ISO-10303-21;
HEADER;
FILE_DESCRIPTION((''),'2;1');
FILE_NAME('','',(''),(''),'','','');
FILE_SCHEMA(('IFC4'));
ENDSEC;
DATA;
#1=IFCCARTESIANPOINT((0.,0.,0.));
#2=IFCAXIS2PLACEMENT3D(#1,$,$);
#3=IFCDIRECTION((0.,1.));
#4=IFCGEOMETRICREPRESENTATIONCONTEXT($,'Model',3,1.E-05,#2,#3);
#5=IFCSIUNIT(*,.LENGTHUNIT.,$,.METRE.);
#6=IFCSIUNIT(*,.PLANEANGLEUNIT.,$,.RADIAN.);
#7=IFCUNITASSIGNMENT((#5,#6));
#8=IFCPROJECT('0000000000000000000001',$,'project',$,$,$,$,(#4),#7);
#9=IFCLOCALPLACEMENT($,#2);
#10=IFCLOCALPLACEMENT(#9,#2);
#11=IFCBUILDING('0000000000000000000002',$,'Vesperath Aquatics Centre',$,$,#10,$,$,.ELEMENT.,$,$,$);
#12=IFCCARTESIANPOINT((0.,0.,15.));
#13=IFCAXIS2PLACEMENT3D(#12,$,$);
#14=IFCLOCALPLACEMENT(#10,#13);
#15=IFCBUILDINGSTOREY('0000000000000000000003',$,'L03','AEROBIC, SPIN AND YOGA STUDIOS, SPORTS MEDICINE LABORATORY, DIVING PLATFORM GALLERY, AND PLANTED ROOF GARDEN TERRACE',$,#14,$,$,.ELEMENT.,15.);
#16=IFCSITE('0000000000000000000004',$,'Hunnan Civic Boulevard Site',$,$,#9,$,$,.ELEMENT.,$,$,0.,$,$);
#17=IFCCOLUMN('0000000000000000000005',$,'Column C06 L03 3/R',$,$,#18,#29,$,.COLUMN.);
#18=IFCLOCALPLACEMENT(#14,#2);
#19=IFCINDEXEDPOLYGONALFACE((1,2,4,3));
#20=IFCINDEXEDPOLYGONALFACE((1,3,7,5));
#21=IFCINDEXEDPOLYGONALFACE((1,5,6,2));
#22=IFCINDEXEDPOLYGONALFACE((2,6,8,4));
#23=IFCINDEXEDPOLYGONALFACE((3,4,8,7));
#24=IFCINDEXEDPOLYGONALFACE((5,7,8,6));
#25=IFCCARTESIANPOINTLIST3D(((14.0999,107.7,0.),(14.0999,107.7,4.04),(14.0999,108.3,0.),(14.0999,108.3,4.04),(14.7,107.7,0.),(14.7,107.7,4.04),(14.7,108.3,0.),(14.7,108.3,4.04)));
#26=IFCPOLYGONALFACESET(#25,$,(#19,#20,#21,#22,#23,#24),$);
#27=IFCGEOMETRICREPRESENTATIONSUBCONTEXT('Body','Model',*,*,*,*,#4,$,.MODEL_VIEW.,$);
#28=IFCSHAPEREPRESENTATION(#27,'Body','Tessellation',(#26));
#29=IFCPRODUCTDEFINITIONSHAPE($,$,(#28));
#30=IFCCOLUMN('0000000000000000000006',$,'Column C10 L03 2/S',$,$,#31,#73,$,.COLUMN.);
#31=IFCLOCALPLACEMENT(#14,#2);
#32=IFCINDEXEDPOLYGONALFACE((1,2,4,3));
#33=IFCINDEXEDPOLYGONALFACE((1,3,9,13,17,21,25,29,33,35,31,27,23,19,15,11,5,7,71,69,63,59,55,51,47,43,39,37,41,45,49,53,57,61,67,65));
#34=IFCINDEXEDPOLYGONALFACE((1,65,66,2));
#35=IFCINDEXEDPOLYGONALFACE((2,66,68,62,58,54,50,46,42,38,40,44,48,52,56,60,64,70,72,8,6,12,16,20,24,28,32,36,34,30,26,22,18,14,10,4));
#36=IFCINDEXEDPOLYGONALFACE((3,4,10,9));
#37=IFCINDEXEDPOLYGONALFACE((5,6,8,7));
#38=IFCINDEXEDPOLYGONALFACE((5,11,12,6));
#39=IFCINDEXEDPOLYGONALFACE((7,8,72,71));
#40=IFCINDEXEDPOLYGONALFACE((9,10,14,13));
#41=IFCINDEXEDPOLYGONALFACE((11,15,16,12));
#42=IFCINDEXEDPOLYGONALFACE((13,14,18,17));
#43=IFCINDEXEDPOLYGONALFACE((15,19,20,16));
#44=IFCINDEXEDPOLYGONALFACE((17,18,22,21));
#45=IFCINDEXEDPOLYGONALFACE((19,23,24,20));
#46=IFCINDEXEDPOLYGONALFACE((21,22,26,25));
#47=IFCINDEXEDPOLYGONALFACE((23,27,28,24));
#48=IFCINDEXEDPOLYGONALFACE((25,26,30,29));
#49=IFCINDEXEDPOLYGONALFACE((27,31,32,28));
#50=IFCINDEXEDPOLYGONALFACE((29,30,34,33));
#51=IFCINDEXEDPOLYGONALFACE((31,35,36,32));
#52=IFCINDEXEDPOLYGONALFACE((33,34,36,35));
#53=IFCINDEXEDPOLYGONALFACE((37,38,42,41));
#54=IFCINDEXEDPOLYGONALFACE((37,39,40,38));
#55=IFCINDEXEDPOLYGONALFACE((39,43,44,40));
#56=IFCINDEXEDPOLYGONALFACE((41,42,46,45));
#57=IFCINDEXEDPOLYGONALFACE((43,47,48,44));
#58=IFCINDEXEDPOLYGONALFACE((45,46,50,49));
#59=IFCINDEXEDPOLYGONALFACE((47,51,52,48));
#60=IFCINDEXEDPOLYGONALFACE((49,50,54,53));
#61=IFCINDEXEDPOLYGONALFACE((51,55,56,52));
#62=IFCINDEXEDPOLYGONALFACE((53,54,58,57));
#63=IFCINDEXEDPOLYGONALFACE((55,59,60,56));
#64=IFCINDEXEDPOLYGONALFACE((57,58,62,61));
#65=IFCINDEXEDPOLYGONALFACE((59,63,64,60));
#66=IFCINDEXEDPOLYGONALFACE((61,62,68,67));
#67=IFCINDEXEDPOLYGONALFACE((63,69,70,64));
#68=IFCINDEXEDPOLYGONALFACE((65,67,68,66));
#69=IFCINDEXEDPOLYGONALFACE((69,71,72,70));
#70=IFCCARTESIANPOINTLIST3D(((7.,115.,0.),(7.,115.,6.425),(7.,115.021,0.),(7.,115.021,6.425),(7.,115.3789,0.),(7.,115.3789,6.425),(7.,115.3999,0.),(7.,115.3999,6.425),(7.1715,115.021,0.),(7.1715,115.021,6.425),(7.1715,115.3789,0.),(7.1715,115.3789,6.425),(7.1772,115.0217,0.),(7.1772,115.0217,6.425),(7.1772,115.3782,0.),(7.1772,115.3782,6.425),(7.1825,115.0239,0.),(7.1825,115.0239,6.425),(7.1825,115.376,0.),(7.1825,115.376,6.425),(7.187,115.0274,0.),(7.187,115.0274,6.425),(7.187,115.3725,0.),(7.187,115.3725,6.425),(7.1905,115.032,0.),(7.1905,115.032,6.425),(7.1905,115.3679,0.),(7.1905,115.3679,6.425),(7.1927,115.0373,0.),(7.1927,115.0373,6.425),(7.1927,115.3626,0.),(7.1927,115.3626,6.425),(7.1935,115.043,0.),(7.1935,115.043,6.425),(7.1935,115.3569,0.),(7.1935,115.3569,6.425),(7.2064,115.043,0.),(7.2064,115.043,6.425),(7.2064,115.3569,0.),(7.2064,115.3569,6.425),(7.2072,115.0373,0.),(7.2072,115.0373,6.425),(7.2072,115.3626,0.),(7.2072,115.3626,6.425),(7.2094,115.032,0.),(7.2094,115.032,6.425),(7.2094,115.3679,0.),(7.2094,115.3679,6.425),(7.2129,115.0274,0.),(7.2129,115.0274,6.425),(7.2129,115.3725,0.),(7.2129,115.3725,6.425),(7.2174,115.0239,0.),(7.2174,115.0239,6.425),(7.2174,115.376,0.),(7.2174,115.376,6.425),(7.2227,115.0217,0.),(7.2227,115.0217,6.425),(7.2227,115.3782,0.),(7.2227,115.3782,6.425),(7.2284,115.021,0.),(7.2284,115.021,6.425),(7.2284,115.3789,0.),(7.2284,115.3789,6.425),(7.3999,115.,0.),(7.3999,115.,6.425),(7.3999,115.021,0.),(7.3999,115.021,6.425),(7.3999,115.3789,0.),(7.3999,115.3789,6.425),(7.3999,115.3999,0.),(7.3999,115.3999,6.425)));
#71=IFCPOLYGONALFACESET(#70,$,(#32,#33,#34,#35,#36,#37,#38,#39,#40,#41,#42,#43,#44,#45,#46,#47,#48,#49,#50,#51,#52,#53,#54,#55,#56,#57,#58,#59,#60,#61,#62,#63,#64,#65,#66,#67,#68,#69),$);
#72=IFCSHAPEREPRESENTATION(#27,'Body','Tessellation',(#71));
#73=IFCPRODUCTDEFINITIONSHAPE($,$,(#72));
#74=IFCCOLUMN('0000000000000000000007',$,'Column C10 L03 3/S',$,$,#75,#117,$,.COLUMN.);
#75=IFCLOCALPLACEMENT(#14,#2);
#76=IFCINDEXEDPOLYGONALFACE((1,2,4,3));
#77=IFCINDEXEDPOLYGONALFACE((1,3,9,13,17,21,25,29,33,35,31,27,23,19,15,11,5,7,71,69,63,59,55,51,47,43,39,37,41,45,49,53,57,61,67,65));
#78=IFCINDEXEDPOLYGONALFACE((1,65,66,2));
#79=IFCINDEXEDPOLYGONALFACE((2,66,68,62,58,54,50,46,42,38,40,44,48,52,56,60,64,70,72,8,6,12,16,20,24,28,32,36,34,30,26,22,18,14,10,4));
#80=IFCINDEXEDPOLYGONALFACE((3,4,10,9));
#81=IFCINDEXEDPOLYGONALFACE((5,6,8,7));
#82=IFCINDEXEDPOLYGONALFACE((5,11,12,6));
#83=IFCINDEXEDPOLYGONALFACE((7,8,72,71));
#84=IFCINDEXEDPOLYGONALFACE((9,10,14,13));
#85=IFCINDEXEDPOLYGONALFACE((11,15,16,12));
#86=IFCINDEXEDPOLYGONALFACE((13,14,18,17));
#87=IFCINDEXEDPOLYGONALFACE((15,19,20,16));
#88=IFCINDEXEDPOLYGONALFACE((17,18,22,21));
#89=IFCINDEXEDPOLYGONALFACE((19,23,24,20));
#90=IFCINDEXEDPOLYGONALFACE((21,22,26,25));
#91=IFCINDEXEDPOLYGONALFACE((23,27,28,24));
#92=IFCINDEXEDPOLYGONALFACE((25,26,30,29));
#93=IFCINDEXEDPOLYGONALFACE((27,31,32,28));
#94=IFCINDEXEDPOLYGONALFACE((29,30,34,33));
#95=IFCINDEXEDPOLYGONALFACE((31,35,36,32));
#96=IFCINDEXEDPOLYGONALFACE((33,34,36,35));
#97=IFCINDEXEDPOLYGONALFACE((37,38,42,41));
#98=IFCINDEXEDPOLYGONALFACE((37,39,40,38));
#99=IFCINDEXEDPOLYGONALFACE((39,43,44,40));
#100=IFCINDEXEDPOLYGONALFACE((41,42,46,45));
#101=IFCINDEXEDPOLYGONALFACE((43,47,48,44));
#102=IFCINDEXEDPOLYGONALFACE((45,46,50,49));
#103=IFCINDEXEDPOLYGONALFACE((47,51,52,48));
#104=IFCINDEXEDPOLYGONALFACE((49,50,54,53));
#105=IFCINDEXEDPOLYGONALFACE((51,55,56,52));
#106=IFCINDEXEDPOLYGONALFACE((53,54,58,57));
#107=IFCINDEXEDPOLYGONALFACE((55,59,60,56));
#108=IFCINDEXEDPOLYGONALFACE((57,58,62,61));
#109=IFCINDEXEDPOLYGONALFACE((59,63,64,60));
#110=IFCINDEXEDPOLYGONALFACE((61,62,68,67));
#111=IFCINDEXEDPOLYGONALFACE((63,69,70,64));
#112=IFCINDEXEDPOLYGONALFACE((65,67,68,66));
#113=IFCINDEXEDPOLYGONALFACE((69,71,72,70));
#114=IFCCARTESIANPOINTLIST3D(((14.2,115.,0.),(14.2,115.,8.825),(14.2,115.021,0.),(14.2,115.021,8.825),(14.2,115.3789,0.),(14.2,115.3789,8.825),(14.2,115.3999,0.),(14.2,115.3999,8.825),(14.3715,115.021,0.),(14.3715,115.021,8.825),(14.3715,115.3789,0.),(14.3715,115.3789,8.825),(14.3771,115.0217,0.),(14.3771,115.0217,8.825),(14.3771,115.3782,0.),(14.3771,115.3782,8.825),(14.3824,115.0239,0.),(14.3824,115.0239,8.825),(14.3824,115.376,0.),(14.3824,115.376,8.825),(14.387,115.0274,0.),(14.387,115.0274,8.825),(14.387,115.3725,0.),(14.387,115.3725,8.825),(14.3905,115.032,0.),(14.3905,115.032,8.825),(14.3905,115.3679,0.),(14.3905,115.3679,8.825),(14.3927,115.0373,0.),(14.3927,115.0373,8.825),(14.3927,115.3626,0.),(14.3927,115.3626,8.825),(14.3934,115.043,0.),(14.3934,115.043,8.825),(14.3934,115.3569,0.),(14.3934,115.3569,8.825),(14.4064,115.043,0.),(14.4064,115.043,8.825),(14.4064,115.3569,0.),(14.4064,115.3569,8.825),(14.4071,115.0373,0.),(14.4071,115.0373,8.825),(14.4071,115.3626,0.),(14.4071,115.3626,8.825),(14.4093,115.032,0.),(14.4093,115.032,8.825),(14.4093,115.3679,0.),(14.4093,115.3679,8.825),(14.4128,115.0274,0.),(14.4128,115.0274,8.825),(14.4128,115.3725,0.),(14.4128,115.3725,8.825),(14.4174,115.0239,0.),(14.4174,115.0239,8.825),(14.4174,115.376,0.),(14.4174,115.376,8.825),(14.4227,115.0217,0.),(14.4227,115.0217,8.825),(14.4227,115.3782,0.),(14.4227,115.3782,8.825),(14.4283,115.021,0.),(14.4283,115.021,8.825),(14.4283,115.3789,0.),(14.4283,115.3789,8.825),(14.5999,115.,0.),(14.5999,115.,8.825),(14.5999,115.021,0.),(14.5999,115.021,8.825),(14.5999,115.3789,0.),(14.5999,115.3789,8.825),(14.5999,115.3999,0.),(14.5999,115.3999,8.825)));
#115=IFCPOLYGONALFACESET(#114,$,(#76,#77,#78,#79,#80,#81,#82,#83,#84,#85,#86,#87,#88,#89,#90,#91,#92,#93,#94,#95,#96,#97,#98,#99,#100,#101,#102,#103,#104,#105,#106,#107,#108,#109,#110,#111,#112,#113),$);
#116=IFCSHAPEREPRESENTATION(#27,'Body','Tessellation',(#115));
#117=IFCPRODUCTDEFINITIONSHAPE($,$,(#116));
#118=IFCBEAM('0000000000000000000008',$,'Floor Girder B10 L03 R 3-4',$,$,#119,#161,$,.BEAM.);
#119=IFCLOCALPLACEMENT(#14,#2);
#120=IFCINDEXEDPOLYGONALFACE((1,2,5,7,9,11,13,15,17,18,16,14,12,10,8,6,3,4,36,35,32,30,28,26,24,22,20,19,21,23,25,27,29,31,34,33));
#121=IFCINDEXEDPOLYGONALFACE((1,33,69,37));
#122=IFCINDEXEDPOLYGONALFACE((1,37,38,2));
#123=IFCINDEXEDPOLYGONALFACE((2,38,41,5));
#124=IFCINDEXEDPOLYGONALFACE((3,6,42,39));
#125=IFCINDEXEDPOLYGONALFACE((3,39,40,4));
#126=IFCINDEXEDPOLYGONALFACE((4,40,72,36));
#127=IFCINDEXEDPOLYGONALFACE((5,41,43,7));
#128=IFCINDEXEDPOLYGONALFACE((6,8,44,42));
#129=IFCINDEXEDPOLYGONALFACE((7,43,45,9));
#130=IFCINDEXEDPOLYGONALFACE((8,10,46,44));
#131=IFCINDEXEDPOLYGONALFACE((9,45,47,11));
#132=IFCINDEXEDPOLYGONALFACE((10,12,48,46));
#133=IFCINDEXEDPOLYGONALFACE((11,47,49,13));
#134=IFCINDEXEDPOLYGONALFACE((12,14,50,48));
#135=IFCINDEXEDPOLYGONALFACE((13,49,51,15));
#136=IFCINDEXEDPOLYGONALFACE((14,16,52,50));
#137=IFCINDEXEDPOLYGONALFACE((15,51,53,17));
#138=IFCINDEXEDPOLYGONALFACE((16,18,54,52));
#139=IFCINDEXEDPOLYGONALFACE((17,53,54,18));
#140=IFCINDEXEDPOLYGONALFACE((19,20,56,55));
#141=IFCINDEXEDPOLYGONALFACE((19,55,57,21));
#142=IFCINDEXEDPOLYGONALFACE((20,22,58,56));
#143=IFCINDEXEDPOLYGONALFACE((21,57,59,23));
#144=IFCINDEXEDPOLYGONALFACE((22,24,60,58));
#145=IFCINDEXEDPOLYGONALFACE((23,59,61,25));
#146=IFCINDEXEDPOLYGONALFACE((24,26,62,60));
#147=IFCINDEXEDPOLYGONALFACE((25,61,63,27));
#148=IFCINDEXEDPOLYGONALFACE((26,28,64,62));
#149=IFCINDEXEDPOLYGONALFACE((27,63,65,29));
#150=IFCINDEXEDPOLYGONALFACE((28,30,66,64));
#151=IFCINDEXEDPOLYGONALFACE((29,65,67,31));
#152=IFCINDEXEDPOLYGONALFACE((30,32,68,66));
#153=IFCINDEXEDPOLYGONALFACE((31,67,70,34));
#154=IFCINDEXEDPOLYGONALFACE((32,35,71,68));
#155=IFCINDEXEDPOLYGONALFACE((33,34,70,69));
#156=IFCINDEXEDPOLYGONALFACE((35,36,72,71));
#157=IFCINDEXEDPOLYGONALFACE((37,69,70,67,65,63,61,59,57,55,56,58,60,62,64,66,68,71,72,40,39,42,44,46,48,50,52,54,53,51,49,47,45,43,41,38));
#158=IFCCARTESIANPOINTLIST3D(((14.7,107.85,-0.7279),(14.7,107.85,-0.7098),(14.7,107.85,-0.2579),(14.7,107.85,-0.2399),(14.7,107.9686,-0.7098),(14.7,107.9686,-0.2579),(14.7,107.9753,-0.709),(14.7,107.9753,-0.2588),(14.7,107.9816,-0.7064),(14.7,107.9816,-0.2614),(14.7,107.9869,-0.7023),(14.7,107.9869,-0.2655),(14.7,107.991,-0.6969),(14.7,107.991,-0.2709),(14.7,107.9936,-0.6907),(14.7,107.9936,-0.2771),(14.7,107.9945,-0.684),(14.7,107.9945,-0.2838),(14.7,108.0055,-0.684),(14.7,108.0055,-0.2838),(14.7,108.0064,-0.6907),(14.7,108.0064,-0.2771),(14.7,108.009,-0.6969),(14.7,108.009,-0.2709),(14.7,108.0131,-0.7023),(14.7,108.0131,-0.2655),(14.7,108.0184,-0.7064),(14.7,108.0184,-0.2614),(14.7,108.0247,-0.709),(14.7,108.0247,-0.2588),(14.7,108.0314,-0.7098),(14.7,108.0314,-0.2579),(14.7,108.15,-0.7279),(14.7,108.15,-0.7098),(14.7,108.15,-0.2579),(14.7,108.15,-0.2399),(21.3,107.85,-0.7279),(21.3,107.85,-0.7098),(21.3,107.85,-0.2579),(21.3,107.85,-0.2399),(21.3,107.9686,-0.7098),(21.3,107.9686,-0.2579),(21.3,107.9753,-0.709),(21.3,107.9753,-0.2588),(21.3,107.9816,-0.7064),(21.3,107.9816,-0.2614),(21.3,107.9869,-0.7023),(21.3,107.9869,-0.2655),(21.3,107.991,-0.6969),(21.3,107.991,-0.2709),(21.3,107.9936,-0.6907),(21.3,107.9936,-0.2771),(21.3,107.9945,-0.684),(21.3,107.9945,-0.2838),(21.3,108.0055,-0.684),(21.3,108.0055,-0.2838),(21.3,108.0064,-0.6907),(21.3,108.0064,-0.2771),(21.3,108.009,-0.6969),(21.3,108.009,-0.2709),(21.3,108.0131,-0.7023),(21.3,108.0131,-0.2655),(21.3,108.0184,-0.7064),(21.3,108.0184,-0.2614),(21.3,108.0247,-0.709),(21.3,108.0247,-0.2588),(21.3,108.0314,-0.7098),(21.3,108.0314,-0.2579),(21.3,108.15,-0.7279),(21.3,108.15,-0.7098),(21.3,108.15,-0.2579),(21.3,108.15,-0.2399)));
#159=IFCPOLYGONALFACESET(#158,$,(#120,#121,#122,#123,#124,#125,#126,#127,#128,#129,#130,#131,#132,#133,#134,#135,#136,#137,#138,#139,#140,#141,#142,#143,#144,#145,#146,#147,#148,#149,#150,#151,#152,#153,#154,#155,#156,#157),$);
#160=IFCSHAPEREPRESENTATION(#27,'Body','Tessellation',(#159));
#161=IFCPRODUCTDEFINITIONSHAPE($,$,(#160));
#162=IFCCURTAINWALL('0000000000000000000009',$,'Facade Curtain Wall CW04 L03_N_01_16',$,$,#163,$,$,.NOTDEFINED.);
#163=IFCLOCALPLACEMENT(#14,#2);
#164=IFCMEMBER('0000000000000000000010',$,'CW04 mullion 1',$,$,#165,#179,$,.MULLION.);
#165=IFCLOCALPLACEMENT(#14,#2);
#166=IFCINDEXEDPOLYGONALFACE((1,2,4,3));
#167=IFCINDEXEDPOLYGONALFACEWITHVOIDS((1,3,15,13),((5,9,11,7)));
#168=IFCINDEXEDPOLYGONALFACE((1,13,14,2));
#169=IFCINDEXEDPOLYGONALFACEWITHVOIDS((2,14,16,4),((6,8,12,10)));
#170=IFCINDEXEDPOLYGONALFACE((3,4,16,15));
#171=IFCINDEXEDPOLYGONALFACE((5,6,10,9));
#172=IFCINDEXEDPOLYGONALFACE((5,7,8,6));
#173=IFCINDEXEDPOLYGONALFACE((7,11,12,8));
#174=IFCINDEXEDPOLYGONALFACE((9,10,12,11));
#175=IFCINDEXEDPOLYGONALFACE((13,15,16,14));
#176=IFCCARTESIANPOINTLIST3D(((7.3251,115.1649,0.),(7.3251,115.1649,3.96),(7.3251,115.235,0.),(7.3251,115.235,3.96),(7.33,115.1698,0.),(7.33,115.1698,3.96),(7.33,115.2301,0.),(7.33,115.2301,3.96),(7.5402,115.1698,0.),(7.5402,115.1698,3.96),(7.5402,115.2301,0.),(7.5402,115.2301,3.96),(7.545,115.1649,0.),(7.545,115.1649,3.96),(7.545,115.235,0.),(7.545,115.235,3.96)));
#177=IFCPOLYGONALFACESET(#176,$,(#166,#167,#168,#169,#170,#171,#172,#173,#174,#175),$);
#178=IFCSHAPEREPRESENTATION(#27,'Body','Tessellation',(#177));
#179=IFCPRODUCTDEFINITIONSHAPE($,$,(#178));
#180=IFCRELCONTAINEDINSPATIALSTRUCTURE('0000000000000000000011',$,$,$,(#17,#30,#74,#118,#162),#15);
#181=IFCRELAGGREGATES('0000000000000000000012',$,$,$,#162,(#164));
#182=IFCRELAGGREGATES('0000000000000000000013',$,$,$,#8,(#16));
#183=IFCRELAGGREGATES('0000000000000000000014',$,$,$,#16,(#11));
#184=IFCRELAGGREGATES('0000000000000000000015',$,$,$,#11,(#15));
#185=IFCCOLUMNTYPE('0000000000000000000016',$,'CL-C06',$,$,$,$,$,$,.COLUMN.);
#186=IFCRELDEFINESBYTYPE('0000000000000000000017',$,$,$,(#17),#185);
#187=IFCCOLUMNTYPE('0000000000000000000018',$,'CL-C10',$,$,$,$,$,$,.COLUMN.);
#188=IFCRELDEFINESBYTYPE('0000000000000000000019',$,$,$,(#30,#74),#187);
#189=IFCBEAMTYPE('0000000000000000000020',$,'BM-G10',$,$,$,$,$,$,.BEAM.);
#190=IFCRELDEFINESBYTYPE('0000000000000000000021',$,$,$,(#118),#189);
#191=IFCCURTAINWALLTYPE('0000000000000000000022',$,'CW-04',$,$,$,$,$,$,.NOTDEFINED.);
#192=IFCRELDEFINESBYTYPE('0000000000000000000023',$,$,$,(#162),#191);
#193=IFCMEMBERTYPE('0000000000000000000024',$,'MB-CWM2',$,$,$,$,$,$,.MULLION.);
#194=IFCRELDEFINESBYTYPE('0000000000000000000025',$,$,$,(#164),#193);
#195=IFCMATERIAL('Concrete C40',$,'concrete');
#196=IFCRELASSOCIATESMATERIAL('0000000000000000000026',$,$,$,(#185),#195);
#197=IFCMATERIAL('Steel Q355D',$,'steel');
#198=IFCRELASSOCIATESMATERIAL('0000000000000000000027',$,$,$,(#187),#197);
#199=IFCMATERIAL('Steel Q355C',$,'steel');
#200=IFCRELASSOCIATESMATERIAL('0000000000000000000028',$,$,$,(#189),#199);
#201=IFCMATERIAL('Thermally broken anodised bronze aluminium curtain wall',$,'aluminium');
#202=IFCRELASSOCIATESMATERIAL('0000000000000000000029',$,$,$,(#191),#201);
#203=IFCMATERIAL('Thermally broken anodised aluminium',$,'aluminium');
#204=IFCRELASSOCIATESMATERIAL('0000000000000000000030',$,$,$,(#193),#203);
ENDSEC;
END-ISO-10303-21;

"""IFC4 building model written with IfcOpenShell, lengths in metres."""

from ifc_helpers import new_model, si_unit, direction, frame, origin, origin_2d, place, context, subcontext, project, spatial, rectangle, hollow_rectangle, i_section, extrude, material, material_profile, profile_set, type_object, element, aggregate, save


model = new_model("IFC4")

# Units and contexts
model_context = context("Model", 3, precision=1e-05, world=origin(), true_north=direction((0.0, 1.0)))
body_context = subcontext(model_context, "Body", "Model", "MODEL_VIEW")
ifc_project = project(units=[si_unit("LENGTHUNIT", "METRE"), si_unit("PLANEANGLEUNIT", "RADIAN")], contexts=[model_context])

# Site, building, storey
site_placement = place(None, origin())
site = spatial("IfcSite", under=ifc_project, at=site_placement, Name="Hunnan Civic Boulevard Site", CompositionType="ELEMENT", RefElevation=0.0)
building_placement = place(site_placement, origin())
building = spatial("IfcBuilding", under=site, at=building_placement, Name="Vesperath Aquatics Centre", CompositionType="ELEMENT")
storey_placement = place(building_placement, frame((0.0, 0.0, 15.0)))
storey = spatial("IfcBuildingStorey", under=building, at=storey_placement, Name="L03", Description="AEROBIC, SPIN AND YOGA STUDIOS, SPORTS MEDICINE LABORATORY, DIVING PLATFORM GALLERY, AND PLANTED ROOF GARDEN TERRACE", CompositionType="ELEMENT", Elevation=15.0)

# Columns
ifc_material_1 = material(Name="Concrete C40", Category="concrete")
ifc_material_profile_1 = material_profile(ifc_material_1, rectangle(XDim=0.6001, YDim=0.6001, at=origin_2d()), Name="RC 600x600")
ifc_profile_set_1 = profile_set([ifc_material_profile_1], Name="Concrete C40")
column_type_1 = type_object("IfcColumnType", Name="CL-C06", PredefinedType="COLUMN", material=ifc_profile_set_1)
column_1_placement = place(storey_placement, frame((14.3999, 108.0, 0.0), z_axis=(0.0, 0.0, 1.0), x_axis=(1.0, 0.0, 0.0)))
element("IfcColumn", 1, at=column_1_placement, inside=storey, type_object=column_type_1, Name="Column C06 L03 3/R", PredefinedType="COLUMN", context=body_context, shape_type="SweptSolid", body=[
    extrude(rectangle(XDim=0.6001, YDim=0.6001, at=origin_2d()), origin(), (0.0, 0.0, 1.0), 4.04),
])
ifc_material_2 = material(Name="Steel Q355D", Category="steel")
ifc_material_profile_2 = material_profile(ifc_material_2, i_section(OverallWidth=0.3999, OverallDepth=0.3999, WebThickness=0.0129, FlangeThickness=0.021, FilletRadius=0.022, at=origin_2d()), Name="HW 400x400x13x21")
ifc_profile_set_2 = profile_set([ifc_material_profile_2], Name="Steel Q355D")
column_type_2 = type_object("IfcColumnType", Name="CL-C10", PredefinedType="COLUMN", material=ifc_profile_set_2)
column_2_placement = place(storey_placement, frame((7.2, 115.2, 0.0), z_axis=(0.0, 0.0, 1.0), x_axis=(1.0, 0.0, 0.0)))
element("IfcColumn", 2, at=column_2_placement, inside=storey, type_object=column_type_2, Name="Column C10 L03 2/S", PredefinedType="COLUMN", context=body_context, shape_type="SweptSolid", body=[
    extrude(i_section(OverallWidth=0.3999, OverallDepth=0.3999, WebThickness=0.0129, FlangeThickness=0.021, FilletRadius=0.022, at=origin_2d()), origin(), (0.0, 0.0, 1.0), 6.425),
])
column_3_placement = place(storey_placement, frame((14.3999, 115.2, 0.0), z_axis=(0.0, 0.0, 1.0), x_axis=(1.0, 0.0, 0.0)))
element("IfcColumn", 3, at=column_3_placement, inside=storey, type_object=column_type_2, Name="Column C10 L03 3/S", PredefinedType="COLUMN", context=body_context, shape_type="SweptSolid", body=[
    extrude(i_section(OverallWidth=0.3999, OverallDepth=0.3999, WebThickness=0.0129, FlangeThickness=0.021, FilletRadius=0.022, at=origin_2d()), origin(), (0.0, 0.0, 1.0), 8.825),
])

# Beam
ifc_material_3 = material(Name="Steel Q355C", Category="steel")
ifc_material_profile_3 = material_profile(ifc_material_3, i_section(OverallWidth=0.3, OverallDepth=0.488, WebThickness=0.011, FlangeThickness=0.0181, FilletRadius=0.0259, at=origin_2d()), Name="HM 488x300x11x18")
ifc_profile_set_3 = profile_set([ifc_material_profile_3], Name="Steel Q355C")
beam_type = type_object("IfcBeamType", Name="BM-G10", PredefinedType="BEAM", material=ifc_profile_set_3)
beam_placement = place(storey_placement, frame((14.7, 108.0, -0.4839), z_axis=(1.0, 0.0, 0.0), x_axis=(0.0, 1.0, 0.0)))
element("IfcBeam", 4, at=beam_placement, inside=storey, type_object=beam_type, Name="Floor Girder B10 L03 R 3-4", PredefinedType="BEAM", context=body_context, shape_type="SweptSolid", body=[
    extrude(i_section(OverallWidth=0.3, OverallDepth=0.488, WebThickness=0.011, FlangeThickness=0.0181, FilletRadius=0.0259, at=origin_2d()), origin(), (0.0, 0.0, 1.0), 6.6001),
])

# Curtain wall, member
ifc_material_4 = material(Name="Thermally broken anodised bronze aluminium curtain wall", Category="aluminium")
curtain_wall_type = type_object("IfcCurtainWallType", Name="CW-04", PredefinedType="NOTDEFINED", material=ifc_material_4)
curtain_wall_1_placement = place(storey_placement, origin())
curtain_wall_1 = element("IfcCurtainWall", 5, at=curtain_wall_1_placement, inside=storey, type_object=curtain_wall_type, Name="Facade Curtain Wall CW04 L03_N_01_16", PredefinedType="NOTDEFINED")
ifc_material_5 = material(Name="Thermally broken anodised aluminium", Category="aluminium")
ifc_material_profile_4 = material_profile(ifc_material_5, hollow_rectangle(XDim=0.0701, YDim=0.22, WallThickness=0.0049, at=origin_2d()), Name="CWM 70x220x5")
ifc_profile_set_4 = profile_set([ifc_material_profile_4], Name="Thermally broken anodised aluminium")
member_type_1 = type_object("IfcMemberType", Name="MB-CWM2", PredefinedType="MULLION", material=ifc_profile_set_4)
member_1_placement = place(storey_placement, frame((7.4351, 115.2, 0.0), z_axis=(0.0, 0.0, 1.0), x_axis=(0.0, 1.0, 0.0)))
member_1 = element("IfcMember", 6, at=member_1_placement, type_object=member_type_1, Name="CW04 mullion 1", PredefinedType="MULLION", context=body_context, shape_type="SweptSolid", body=[
    extrude(hollow_rectangle(XDim=0.0701, YDim=0.22, WallThickness=0.0049, at=origin_2d()), origin(), (0.0, 0.0, 1.0), 3.96),
])

aggregate(curtain_wall_1, [member_1])

save(model, "model.ifc")
